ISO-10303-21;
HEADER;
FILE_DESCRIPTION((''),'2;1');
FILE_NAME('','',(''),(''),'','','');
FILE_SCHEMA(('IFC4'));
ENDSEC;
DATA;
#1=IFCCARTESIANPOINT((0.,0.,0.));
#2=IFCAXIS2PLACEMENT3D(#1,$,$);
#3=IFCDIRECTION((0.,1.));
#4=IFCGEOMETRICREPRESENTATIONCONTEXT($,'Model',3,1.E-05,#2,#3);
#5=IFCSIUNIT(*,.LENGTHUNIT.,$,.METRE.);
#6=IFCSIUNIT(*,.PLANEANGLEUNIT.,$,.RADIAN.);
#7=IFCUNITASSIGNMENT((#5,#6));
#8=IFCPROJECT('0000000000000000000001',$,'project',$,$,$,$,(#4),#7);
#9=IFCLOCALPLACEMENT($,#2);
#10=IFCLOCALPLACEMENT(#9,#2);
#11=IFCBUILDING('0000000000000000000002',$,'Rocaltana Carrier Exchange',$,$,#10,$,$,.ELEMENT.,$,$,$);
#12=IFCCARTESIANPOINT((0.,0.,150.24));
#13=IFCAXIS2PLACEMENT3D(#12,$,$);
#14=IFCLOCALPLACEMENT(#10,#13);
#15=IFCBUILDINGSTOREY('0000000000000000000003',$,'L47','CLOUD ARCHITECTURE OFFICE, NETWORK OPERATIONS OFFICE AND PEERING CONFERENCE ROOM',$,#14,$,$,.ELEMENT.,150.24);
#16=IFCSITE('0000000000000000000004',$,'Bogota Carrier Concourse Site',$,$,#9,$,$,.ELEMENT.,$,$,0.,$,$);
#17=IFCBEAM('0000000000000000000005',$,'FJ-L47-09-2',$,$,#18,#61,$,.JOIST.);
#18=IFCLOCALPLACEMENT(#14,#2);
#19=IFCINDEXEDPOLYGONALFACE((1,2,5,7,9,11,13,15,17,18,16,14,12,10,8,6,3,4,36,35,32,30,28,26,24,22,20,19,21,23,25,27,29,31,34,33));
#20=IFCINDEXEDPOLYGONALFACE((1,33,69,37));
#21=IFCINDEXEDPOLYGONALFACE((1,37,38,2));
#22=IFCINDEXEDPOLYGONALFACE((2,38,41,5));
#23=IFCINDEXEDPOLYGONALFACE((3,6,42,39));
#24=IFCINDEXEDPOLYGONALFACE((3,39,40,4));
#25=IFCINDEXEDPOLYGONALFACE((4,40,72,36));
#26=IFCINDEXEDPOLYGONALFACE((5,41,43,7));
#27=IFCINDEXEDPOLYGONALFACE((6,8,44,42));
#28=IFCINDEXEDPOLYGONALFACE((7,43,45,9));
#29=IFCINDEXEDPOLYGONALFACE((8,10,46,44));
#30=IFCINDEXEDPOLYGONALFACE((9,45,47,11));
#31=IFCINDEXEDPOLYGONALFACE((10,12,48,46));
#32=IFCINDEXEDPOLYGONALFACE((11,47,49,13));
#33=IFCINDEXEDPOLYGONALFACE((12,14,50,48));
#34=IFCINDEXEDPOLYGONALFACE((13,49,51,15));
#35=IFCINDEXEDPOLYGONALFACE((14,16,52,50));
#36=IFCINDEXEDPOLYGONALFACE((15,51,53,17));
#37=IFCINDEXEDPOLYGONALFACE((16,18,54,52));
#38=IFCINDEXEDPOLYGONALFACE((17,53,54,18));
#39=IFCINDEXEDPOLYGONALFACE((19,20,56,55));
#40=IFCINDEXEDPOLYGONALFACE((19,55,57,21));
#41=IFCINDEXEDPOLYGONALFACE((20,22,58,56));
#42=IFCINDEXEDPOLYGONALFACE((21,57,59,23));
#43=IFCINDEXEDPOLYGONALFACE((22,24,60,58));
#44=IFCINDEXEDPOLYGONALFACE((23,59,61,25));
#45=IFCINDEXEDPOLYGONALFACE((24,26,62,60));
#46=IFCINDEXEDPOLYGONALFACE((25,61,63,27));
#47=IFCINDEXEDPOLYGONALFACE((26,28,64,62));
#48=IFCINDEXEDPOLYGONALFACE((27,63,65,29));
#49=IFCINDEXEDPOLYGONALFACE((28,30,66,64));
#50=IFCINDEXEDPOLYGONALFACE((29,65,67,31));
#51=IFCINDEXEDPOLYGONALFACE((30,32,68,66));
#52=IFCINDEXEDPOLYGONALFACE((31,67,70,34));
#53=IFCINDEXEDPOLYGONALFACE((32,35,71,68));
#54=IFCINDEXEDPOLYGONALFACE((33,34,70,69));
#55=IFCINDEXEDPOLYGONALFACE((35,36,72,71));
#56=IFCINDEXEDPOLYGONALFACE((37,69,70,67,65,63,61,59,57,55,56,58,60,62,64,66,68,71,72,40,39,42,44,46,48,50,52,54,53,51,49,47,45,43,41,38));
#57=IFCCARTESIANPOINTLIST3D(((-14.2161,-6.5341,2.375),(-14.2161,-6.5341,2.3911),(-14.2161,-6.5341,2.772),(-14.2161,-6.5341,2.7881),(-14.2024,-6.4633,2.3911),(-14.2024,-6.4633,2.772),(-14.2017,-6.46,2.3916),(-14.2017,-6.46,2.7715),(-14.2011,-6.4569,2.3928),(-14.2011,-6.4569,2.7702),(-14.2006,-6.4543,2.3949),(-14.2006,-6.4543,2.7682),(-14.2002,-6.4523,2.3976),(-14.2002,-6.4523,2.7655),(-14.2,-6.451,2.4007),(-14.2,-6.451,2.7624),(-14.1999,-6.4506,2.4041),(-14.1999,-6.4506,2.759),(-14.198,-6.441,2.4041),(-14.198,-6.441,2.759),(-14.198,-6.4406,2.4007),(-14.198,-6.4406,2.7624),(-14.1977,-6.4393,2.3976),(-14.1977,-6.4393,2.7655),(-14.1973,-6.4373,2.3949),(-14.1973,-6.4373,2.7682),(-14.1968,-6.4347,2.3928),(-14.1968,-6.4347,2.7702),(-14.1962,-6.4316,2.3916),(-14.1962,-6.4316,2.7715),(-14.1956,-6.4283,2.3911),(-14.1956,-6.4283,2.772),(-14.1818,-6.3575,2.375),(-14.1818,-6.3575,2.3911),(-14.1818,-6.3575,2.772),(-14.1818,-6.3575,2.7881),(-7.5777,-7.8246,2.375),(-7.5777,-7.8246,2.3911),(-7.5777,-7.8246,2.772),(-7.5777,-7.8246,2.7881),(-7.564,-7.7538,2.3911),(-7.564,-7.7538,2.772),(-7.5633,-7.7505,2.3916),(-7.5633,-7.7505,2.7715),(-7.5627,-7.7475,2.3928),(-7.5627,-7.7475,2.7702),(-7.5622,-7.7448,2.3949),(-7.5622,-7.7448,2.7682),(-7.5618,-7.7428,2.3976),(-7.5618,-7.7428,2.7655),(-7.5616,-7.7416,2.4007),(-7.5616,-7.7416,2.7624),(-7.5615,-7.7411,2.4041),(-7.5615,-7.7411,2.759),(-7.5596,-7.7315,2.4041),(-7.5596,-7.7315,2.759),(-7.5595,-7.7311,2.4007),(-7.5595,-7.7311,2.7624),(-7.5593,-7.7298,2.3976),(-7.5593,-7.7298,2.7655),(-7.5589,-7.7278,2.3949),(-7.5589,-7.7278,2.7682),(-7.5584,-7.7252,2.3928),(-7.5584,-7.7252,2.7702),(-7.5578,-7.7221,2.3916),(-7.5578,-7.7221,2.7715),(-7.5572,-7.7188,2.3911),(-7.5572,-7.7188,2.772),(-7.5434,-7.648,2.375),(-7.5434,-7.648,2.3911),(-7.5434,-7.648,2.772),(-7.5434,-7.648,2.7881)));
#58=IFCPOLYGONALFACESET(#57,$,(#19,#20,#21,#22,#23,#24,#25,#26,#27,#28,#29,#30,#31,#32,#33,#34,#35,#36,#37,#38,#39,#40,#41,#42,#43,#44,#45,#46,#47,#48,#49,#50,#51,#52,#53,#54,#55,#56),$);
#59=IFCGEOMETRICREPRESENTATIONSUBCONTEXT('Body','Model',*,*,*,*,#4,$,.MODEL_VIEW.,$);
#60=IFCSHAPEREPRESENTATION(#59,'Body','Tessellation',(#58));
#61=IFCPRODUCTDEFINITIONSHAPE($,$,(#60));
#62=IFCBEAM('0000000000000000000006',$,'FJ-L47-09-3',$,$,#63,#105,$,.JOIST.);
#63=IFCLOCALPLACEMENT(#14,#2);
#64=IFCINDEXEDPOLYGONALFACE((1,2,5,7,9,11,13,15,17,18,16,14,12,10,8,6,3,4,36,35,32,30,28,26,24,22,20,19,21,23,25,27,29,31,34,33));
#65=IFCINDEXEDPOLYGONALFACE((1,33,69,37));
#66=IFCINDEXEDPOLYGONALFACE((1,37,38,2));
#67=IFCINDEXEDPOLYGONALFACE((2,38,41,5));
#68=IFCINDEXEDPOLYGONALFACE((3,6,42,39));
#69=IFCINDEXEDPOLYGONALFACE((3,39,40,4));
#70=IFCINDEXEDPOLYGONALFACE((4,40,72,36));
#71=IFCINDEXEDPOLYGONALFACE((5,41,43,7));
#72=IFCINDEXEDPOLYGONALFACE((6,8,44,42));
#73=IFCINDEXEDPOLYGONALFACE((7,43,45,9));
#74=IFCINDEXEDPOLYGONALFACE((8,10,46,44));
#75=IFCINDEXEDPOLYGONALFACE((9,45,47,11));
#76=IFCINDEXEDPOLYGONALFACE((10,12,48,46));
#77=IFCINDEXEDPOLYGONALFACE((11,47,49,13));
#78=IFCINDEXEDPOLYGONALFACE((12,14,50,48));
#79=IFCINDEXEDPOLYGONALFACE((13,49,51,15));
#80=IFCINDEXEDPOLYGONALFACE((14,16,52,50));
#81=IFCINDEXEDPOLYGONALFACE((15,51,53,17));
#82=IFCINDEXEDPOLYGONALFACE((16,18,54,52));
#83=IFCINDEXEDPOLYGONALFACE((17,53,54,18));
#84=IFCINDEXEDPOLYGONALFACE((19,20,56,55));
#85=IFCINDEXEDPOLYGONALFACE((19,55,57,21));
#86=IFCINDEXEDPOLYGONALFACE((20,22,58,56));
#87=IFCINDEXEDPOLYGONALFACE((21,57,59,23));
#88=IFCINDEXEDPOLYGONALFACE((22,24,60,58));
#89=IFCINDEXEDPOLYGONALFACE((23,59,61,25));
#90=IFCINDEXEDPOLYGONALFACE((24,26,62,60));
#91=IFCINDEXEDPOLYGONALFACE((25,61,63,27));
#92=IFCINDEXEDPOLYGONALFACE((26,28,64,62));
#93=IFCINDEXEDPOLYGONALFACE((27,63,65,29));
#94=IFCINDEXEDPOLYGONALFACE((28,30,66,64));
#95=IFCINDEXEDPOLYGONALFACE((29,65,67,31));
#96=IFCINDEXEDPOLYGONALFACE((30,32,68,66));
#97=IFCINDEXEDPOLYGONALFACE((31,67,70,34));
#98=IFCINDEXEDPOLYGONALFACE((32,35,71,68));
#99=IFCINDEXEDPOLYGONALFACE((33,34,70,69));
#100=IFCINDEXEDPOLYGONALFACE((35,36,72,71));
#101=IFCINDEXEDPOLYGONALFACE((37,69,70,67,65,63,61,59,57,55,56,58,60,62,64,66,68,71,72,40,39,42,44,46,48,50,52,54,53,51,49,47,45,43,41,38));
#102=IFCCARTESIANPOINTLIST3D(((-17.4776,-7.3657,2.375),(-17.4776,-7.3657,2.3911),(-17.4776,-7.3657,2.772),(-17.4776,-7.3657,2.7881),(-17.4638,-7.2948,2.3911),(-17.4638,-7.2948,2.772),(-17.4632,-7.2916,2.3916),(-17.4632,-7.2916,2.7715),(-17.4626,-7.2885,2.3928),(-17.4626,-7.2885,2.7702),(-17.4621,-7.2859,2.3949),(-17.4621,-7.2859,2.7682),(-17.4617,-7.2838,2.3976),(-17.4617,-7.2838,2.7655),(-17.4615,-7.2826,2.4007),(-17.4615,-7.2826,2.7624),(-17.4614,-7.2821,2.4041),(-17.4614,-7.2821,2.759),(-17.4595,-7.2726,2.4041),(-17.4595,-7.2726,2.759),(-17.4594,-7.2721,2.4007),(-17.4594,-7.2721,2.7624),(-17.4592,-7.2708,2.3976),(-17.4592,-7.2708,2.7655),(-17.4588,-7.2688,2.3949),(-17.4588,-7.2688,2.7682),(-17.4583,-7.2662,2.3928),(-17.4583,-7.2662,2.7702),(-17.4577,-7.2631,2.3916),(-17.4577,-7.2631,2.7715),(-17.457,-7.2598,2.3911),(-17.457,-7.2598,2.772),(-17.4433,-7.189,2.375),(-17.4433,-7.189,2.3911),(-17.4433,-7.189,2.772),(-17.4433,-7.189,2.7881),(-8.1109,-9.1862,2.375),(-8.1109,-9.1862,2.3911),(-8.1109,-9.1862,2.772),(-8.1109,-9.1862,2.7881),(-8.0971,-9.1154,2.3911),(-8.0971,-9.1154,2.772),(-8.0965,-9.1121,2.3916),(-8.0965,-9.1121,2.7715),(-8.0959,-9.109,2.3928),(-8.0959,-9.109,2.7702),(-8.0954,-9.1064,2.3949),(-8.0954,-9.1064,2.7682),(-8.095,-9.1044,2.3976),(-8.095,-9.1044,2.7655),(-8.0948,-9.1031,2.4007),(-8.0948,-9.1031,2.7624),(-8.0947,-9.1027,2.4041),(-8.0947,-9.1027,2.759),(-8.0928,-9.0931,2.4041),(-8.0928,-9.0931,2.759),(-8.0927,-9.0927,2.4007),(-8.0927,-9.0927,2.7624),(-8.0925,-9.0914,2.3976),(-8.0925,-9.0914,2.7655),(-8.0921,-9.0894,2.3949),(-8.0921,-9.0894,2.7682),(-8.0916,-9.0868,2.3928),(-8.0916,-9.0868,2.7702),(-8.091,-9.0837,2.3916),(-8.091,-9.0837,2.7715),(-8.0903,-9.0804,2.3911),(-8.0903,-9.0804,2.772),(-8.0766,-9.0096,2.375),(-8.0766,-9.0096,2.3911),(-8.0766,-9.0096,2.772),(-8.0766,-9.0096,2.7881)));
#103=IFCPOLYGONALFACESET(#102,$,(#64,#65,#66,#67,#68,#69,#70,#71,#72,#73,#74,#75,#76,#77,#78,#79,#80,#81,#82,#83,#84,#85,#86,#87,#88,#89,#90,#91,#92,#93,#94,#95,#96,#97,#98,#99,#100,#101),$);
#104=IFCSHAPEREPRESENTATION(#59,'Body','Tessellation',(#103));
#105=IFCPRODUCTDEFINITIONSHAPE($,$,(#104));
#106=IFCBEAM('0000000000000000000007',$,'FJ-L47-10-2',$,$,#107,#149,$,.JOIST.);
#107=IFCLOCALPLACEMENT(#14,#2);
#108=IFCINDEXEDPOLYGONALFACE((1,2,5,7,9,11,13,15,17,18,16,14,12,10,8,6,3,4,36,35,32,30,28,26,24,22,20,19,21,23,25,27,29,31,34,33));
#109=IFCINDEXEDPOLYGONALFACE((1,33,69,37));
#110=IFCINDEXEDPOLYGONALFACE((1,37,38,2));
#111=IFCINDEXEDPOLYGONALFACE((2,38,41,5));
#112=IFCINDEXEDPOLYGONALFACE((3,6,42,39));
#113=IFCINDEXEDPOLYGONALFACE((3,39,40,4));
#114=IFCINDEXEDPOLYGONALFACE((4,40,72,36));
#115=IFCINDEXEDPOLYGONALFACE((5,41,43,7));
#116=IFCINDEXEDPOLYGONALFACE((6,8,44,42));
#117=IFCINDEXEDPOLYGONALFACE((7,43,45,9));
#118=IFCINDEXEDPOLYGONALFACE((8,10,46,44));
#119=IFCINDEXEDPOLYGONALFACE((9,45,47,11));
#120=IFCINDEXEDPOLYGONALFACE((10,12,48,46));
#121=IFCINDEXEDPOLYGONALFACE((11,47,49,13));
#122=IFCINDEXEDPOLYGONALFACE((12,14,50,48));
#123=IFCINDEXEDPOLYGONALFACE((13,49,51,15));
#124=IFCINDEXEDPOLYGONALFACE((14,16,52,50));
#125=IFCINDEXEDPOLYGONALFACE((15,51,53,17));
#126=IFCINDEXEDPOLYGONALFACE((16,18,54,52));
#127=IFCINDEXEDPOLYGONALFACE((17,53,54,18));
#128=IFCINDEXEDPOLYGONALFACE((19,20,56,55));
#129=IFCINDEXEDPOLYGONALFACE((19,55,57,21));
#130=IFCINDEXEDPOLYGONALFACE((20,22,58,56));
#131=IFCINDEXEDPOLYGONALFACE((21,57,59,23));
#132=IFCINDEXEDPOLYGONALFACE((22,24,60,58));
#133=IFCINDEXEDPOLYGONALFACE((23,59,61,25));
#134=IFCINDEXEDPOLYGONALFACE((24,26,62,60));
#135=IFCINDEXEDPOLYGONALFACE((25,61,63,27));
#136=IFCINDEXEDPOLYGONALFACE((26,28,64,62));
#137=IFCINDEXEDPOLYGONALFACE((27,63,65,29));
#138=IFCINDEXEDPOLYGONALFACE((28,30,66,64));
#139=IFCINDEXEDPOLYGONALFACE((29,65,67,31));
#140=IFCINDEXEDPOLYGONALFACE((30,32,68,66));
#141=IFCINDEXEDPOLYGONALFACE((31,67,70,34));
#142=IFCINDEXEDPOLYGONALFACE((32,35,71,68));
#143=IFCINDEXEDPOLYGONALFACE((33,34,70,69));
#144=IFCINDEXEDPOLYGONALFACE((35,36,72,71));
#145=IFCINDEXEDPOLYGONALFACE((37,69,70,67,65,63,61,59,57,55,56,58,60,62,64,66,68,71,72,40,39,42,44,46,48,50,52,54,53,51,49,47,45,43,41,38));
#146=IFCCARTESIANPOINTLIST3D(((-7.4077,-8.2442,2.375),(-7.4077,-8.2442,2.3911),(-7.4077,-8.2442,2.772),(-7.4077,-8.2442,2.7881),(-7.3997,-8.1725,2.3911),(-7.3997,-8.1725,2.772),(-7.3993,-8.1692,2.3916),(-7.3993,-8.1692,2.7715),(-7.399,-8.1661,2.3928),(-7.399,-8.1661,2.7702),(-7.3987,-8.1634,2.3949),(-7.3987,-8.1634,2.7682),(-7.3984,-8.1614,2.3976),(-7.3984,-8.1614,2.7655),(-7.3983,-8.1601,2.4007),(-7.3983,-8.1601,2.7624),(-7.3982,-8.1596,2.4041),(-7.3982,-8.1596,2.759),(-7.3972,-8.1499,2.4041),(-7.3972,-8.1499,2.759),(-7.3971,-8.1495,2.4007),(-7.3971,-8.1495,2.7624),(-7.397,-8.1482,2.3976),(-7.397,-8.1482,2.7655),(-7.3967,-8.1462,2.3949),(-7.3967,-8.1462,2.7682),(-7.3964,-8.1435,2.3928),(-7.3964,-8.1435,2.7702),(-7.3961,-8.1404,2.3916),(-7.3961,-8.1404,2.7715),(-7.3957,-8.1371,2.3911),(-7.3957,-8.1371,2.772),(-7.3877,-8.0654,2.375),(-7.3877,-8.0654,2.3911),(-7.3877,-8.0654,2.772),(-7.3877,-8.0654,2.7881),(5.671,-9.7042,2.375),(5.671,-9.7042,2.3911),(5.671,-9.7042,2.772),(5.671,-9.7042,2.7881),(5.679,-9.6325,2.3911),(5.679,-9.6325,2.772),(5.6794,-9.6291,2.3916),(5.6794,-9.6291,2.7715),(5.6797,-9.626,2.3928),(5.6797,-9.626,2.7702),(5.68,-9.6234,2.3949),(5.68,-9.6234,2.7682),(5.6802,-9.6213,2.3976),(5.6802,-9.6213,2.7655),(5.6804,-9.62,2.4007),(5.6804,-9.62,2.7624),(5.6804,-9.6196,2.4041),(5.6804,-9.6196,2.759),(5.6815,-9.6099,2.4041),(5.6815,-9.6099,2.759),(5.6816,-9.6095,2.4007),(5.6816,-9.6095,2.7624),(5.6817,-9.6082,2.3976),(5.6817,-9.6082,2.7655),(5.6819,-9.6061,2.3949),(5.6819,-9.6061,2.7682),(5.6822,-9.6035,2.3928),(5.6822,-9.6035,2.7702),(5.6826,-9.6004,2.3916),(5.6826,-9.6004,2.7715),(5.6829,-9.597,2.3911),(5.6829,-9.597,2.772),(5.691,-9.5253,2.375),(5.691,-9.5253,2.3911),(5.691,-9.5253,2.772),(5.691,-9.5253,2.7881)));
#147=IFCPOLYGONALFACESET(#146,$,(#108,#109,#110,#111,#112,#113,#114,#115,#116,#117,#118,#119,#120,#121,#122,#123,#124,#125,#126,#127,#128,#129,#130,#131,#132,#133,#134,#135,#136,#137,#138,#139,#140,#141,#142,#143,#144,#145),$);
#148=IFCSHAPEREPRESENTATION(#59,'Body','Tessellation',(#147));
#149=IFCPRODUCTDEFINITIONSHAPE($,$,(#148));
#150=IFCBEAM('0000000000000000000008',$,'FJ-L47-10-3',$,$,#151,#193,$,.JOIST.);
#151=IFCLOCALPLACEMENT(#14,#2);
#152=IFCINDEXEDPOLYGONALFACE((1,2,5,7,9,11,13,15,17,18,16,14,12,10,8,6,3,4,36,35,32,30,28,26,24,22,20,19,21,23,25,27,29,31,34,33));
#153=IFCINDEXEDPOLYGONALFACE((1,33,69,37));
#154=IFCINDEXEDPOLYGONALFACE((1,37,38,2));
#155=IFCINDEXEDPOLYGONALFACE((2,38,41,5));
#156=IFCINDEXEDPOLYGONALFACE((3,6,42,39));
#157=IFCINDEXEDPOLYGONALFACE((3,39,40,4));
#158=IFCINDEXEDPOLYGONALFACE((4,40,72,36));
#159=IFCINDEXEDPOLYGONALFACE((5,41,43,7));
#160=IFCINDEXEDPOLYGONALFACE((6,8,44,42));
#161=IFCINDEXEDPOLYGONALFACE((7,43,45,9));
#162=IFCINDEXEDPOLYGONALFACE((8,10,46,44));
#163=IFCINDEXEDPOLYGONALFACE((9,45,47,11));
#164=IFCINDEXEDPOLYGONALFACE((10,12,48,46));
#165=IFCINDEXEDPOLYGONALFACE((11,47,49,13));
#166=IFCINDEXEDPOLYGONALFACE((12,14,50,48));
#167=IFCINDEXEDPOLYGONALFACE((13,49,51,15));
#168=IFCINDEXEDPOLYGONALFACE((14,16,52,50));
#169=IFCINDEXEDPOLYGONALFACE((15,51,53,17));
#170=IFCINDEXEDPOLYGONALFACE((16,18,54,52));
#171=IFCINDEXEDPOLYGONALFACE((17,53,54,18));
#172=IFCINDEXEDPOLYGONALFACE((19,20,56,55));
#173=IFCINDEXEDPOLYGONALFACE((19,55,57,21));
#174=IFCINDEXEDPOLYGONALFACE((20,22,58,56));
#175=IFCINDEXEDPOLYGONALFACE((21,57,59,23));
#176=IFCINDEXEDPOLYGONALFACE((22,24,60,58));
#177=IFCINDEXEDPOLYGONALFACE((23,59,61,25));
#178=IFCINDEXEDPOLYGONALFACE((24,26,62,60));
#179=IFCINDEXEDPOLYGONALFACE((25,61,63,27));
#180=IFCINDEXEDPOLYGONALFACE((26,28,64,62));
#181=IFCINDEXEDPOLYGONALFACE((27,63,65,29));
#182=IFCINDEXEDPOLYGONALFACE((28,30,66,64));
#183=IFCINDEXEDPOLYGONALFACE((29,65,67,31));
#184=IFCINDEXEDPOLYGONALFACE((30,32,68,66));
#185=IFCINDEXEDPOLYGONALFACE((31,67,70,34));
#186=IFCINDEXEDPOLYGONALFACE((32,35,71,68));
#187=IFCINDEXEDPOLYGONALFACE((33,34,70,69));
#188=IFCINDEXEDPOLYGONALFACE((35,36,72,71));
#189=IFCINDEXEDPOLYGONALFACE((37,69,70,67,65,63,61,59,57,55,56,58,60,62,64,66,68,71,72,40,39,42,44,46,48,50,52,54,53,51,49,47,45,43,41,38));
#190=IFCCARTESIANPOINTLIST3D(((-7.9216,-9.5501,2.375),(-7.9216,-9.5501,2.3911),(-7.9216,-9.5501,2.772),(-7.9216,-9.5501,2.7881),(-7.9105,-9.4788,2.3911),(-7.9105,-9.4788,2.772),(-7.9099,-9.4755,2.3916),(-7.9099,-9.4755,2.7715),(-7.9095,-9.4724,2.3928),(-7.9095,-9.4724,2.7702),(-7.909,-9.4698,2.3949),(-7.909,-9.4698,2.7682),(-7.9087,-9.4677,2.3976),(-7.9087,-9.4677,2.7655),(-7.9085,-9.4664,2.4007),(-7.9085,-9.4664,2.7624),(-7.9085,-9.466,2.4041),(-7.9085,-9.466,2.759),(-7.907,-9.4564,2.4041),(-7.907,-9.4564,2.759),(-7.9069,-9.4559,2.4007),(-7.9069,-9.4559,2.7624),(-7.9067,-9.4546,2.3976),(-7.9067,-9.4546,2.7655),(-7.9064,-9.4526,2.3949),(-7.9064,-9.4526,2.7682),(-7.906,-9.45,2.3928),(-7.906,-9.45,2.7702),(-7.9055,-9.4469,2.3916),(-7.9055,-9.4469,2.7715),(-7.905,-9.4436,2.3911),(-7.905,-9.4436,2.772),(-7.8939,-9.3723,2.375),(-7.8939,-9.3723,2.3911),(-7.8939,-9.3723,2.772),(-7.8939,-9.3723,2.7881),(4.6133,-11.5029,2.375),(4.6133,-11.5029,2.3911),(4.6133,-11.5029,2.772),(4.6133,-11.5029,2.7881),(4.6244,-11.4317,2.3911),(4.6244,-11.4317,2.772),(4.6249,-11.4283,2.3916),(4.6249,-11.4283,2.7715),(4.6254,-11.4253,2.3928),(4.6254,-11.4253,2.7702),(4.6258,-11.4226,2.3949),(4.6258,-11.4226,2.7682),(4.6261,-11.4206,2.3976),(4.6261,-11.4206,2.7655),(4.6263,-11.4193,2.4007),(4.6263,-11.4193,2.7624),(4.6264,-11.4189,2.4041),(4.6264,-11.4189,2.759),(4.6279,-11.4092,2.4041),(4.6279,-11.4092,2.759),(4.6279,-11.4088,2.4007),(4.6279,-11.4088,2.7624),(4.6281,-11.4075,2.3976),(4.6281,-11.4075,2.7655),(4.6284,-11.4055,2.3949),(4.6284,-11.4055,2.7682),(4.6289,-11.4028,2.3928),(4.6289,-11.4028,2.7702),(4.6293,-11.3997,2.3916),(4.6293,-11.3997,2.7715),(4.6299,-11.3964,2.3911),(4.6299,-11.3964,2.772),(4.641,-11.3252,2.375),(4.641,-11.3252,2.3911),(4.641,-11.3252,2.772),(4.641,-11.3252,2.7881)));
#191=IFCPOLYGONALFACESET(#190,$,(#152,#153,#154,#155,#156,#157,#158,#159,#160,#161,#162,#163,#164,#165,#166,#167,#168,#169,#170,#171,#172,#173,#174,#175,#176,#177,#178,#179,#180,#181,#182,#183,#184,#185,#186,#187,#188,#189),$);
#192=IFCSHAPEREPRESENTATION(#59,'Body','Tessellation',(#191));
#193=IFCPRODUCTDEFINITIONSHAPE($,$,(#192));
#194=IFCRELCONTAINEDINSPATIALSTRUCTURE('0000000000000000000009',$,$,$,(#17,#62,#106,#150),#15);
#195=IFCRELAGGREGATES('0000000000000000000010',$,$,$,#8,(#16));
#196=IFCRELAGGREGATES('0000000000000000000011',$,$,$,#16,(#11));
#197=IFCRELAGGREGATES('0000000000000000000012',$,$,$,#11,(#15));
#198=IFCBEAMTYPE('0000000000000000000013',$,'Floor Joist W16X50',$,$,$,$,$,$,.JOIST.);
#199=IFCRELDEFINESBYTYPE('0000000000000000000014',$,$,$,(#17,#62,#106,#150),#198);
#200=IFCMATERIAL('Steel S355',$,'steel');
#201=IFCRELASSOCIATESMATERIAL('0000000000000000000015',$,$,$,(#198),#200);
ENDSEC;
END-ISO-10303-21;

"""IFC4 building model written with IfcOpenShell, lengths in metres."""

from ifc_helpers import new_model, si_unit, direction, frame, origin, origin_2d, place, context, subcontext, project, spatial, i_section, extrude, material, material_profile, profile_set, type_object, element, save


model = new_model("IFC4")

# Units and contexts
model_context = context("Model", 3, precision=1e-05, world=origin(), true_north=direction((0.0, 1.0)))
body_context = subcontext(model_context, "Body", "Model", "MODEL_VIEW")
ifc_project = project(units=[si_unit("LENGTHUNIT", "METRE"), si_unit("PLANEANGLEUNIT", "RADIAN")], contexts=[model_context])

# Site, building, storey
site_placement = place(None, origin())
site = spatial("IfcSite", under=ifc_project, at=site_placement, Name="Bogota Carrier Concourse Site", CompositionType="ELEMENT", RefElevation=0.0)
building_placement = place(site_placement, origin())
building = spatial("IfcBuilding", under=site, at=building_placement, Name="Rocaltana Carrier Exchange", CompositionType="ELEMENT")
storey_placement = place(building_placement, frame((0.0, 0.0, 150.24)))
storey = spatial("IfcBuildingStorey", under=building, at=storey_placement, Name="L47", Description="CLOUD ARCHITECTURE OFFICE, NETWORK OPERATIONS OFFICE AND PEERING CONFERENCE ROOM", CompositionType="ELEMENT", Elevation=150.24)

# Beams
ifc_material_1 = material(Name="Steel S355", Category="steel")
ifc_material_profile_1 = material_profile(ifc_material_1, i_section(OverallWidth=0.1799, OverallDepth=0.4131, WebThickness=0.0098, FlangeThickness=0.0161, FilletRadius=0.0129, at=origin_2d()), Name="W16X50")
ifc_profile_set_1 = profile_set([ifc_material_profile_1], Name="Steel S355")
beam_type_1 = type_object("IfcBeamType", Name="Floor Joist W16X50", PredefinedType="JOIST", material=ifc_profile_set_1)
beam_1_placement = place(storey_placement, frame((-14.199, -6.4458, 2.5815), z_axis=(0.981623, -0.19083, 0.0), x_axis=(0.19083, 0.981623, 0.0)))
element("IfcBeam", 1, at=beam_1_placement, inside=storey, type_object=beam_type_1, Name="FJ-L47-09-2", PredefinedType="JOIST", context=body_context, shape_type="SweptSolid", body=[
    extrude(i_section(OverallWidth=0.1799, OverallDepth=0.4131, WebThickness=0.0098, FlangeThickness=0.0161, FilletRadius=0.0129, at=origin_2d()), origin(), (0.0, 0.0, 1.0), 6.7627),
])
beam_2_placement = place(storey_placement, frame((-17.4604, -7.2773, 2.5815), z_axis=(0.98163, -0.190794, 0.0), x_axis=(0.190794, 0.98163, 0.0)))
element("IfcBeam", 2, at=beam_2_placement, inside=storey, type_object=beam_type_1, Name="FJ-L47-09-3", PredefinedType="JOIST", context=body_context, shape_type="SweptSolid", body=[
    extrude(i_section(OverallWidth=0.1799, OverallDepth=0.4131, WebThickness=0.0098, FlangeThickness=0.0161, FilletRadius=0.0129, at=origin_2d()), origin(), (0.0, 0.0, 1.0), 9.542),
])
beam_3_placement = place(storey_placement, frame((-7.3977, -8.1548, 2.5815), z_axis=(0.993827, -0.110941, 0.0), x_axis=(0.110941, 0.993827, 0.0)))
element("IfcBeam", 3, at=beam_3_placement, inside=storey, type_object=beam_type_1, Name="FJ-L47-10-2", PredefinedType="JOIST", context=body_context, shape_type="SweptSolid", body=[
    extrude(i_section(OverallWidth=0.1799, OverallDepth=0.4131, WebThickness=0.0098, FlangeThickness=0.0161, FilletRadius=0.0129, at=origin_2d()), origin(), (0.0, 0.0, 1.0), 13.1599),
])
beam_4_placement = place(storey_placement, frame((-7.9077, -9.4612, 2.5815), z_axis=(0.98808, -0.153938, 0.0), x_axis=(0.153938, 0.98808, 0.0)))
element("IfcBeam", 4, at=beam_4_placement, inside=storey, type_object=beam_type_1, Name="FJ-L47-10-3", PredefinedType="JOIST", context=body_context, shape_type="SweptSolid", body=[
    extrude(i_section(OverallWidth=0.1799, OverallDepth=0.4131, WebThickness=0.0098, FlangeThickness=0.0161, FilletRadius=0.0129, at=origin_2d()), origin(), (0.0, 0.0, 1.0), 12.686),
])

save(model, "model.ifc")
